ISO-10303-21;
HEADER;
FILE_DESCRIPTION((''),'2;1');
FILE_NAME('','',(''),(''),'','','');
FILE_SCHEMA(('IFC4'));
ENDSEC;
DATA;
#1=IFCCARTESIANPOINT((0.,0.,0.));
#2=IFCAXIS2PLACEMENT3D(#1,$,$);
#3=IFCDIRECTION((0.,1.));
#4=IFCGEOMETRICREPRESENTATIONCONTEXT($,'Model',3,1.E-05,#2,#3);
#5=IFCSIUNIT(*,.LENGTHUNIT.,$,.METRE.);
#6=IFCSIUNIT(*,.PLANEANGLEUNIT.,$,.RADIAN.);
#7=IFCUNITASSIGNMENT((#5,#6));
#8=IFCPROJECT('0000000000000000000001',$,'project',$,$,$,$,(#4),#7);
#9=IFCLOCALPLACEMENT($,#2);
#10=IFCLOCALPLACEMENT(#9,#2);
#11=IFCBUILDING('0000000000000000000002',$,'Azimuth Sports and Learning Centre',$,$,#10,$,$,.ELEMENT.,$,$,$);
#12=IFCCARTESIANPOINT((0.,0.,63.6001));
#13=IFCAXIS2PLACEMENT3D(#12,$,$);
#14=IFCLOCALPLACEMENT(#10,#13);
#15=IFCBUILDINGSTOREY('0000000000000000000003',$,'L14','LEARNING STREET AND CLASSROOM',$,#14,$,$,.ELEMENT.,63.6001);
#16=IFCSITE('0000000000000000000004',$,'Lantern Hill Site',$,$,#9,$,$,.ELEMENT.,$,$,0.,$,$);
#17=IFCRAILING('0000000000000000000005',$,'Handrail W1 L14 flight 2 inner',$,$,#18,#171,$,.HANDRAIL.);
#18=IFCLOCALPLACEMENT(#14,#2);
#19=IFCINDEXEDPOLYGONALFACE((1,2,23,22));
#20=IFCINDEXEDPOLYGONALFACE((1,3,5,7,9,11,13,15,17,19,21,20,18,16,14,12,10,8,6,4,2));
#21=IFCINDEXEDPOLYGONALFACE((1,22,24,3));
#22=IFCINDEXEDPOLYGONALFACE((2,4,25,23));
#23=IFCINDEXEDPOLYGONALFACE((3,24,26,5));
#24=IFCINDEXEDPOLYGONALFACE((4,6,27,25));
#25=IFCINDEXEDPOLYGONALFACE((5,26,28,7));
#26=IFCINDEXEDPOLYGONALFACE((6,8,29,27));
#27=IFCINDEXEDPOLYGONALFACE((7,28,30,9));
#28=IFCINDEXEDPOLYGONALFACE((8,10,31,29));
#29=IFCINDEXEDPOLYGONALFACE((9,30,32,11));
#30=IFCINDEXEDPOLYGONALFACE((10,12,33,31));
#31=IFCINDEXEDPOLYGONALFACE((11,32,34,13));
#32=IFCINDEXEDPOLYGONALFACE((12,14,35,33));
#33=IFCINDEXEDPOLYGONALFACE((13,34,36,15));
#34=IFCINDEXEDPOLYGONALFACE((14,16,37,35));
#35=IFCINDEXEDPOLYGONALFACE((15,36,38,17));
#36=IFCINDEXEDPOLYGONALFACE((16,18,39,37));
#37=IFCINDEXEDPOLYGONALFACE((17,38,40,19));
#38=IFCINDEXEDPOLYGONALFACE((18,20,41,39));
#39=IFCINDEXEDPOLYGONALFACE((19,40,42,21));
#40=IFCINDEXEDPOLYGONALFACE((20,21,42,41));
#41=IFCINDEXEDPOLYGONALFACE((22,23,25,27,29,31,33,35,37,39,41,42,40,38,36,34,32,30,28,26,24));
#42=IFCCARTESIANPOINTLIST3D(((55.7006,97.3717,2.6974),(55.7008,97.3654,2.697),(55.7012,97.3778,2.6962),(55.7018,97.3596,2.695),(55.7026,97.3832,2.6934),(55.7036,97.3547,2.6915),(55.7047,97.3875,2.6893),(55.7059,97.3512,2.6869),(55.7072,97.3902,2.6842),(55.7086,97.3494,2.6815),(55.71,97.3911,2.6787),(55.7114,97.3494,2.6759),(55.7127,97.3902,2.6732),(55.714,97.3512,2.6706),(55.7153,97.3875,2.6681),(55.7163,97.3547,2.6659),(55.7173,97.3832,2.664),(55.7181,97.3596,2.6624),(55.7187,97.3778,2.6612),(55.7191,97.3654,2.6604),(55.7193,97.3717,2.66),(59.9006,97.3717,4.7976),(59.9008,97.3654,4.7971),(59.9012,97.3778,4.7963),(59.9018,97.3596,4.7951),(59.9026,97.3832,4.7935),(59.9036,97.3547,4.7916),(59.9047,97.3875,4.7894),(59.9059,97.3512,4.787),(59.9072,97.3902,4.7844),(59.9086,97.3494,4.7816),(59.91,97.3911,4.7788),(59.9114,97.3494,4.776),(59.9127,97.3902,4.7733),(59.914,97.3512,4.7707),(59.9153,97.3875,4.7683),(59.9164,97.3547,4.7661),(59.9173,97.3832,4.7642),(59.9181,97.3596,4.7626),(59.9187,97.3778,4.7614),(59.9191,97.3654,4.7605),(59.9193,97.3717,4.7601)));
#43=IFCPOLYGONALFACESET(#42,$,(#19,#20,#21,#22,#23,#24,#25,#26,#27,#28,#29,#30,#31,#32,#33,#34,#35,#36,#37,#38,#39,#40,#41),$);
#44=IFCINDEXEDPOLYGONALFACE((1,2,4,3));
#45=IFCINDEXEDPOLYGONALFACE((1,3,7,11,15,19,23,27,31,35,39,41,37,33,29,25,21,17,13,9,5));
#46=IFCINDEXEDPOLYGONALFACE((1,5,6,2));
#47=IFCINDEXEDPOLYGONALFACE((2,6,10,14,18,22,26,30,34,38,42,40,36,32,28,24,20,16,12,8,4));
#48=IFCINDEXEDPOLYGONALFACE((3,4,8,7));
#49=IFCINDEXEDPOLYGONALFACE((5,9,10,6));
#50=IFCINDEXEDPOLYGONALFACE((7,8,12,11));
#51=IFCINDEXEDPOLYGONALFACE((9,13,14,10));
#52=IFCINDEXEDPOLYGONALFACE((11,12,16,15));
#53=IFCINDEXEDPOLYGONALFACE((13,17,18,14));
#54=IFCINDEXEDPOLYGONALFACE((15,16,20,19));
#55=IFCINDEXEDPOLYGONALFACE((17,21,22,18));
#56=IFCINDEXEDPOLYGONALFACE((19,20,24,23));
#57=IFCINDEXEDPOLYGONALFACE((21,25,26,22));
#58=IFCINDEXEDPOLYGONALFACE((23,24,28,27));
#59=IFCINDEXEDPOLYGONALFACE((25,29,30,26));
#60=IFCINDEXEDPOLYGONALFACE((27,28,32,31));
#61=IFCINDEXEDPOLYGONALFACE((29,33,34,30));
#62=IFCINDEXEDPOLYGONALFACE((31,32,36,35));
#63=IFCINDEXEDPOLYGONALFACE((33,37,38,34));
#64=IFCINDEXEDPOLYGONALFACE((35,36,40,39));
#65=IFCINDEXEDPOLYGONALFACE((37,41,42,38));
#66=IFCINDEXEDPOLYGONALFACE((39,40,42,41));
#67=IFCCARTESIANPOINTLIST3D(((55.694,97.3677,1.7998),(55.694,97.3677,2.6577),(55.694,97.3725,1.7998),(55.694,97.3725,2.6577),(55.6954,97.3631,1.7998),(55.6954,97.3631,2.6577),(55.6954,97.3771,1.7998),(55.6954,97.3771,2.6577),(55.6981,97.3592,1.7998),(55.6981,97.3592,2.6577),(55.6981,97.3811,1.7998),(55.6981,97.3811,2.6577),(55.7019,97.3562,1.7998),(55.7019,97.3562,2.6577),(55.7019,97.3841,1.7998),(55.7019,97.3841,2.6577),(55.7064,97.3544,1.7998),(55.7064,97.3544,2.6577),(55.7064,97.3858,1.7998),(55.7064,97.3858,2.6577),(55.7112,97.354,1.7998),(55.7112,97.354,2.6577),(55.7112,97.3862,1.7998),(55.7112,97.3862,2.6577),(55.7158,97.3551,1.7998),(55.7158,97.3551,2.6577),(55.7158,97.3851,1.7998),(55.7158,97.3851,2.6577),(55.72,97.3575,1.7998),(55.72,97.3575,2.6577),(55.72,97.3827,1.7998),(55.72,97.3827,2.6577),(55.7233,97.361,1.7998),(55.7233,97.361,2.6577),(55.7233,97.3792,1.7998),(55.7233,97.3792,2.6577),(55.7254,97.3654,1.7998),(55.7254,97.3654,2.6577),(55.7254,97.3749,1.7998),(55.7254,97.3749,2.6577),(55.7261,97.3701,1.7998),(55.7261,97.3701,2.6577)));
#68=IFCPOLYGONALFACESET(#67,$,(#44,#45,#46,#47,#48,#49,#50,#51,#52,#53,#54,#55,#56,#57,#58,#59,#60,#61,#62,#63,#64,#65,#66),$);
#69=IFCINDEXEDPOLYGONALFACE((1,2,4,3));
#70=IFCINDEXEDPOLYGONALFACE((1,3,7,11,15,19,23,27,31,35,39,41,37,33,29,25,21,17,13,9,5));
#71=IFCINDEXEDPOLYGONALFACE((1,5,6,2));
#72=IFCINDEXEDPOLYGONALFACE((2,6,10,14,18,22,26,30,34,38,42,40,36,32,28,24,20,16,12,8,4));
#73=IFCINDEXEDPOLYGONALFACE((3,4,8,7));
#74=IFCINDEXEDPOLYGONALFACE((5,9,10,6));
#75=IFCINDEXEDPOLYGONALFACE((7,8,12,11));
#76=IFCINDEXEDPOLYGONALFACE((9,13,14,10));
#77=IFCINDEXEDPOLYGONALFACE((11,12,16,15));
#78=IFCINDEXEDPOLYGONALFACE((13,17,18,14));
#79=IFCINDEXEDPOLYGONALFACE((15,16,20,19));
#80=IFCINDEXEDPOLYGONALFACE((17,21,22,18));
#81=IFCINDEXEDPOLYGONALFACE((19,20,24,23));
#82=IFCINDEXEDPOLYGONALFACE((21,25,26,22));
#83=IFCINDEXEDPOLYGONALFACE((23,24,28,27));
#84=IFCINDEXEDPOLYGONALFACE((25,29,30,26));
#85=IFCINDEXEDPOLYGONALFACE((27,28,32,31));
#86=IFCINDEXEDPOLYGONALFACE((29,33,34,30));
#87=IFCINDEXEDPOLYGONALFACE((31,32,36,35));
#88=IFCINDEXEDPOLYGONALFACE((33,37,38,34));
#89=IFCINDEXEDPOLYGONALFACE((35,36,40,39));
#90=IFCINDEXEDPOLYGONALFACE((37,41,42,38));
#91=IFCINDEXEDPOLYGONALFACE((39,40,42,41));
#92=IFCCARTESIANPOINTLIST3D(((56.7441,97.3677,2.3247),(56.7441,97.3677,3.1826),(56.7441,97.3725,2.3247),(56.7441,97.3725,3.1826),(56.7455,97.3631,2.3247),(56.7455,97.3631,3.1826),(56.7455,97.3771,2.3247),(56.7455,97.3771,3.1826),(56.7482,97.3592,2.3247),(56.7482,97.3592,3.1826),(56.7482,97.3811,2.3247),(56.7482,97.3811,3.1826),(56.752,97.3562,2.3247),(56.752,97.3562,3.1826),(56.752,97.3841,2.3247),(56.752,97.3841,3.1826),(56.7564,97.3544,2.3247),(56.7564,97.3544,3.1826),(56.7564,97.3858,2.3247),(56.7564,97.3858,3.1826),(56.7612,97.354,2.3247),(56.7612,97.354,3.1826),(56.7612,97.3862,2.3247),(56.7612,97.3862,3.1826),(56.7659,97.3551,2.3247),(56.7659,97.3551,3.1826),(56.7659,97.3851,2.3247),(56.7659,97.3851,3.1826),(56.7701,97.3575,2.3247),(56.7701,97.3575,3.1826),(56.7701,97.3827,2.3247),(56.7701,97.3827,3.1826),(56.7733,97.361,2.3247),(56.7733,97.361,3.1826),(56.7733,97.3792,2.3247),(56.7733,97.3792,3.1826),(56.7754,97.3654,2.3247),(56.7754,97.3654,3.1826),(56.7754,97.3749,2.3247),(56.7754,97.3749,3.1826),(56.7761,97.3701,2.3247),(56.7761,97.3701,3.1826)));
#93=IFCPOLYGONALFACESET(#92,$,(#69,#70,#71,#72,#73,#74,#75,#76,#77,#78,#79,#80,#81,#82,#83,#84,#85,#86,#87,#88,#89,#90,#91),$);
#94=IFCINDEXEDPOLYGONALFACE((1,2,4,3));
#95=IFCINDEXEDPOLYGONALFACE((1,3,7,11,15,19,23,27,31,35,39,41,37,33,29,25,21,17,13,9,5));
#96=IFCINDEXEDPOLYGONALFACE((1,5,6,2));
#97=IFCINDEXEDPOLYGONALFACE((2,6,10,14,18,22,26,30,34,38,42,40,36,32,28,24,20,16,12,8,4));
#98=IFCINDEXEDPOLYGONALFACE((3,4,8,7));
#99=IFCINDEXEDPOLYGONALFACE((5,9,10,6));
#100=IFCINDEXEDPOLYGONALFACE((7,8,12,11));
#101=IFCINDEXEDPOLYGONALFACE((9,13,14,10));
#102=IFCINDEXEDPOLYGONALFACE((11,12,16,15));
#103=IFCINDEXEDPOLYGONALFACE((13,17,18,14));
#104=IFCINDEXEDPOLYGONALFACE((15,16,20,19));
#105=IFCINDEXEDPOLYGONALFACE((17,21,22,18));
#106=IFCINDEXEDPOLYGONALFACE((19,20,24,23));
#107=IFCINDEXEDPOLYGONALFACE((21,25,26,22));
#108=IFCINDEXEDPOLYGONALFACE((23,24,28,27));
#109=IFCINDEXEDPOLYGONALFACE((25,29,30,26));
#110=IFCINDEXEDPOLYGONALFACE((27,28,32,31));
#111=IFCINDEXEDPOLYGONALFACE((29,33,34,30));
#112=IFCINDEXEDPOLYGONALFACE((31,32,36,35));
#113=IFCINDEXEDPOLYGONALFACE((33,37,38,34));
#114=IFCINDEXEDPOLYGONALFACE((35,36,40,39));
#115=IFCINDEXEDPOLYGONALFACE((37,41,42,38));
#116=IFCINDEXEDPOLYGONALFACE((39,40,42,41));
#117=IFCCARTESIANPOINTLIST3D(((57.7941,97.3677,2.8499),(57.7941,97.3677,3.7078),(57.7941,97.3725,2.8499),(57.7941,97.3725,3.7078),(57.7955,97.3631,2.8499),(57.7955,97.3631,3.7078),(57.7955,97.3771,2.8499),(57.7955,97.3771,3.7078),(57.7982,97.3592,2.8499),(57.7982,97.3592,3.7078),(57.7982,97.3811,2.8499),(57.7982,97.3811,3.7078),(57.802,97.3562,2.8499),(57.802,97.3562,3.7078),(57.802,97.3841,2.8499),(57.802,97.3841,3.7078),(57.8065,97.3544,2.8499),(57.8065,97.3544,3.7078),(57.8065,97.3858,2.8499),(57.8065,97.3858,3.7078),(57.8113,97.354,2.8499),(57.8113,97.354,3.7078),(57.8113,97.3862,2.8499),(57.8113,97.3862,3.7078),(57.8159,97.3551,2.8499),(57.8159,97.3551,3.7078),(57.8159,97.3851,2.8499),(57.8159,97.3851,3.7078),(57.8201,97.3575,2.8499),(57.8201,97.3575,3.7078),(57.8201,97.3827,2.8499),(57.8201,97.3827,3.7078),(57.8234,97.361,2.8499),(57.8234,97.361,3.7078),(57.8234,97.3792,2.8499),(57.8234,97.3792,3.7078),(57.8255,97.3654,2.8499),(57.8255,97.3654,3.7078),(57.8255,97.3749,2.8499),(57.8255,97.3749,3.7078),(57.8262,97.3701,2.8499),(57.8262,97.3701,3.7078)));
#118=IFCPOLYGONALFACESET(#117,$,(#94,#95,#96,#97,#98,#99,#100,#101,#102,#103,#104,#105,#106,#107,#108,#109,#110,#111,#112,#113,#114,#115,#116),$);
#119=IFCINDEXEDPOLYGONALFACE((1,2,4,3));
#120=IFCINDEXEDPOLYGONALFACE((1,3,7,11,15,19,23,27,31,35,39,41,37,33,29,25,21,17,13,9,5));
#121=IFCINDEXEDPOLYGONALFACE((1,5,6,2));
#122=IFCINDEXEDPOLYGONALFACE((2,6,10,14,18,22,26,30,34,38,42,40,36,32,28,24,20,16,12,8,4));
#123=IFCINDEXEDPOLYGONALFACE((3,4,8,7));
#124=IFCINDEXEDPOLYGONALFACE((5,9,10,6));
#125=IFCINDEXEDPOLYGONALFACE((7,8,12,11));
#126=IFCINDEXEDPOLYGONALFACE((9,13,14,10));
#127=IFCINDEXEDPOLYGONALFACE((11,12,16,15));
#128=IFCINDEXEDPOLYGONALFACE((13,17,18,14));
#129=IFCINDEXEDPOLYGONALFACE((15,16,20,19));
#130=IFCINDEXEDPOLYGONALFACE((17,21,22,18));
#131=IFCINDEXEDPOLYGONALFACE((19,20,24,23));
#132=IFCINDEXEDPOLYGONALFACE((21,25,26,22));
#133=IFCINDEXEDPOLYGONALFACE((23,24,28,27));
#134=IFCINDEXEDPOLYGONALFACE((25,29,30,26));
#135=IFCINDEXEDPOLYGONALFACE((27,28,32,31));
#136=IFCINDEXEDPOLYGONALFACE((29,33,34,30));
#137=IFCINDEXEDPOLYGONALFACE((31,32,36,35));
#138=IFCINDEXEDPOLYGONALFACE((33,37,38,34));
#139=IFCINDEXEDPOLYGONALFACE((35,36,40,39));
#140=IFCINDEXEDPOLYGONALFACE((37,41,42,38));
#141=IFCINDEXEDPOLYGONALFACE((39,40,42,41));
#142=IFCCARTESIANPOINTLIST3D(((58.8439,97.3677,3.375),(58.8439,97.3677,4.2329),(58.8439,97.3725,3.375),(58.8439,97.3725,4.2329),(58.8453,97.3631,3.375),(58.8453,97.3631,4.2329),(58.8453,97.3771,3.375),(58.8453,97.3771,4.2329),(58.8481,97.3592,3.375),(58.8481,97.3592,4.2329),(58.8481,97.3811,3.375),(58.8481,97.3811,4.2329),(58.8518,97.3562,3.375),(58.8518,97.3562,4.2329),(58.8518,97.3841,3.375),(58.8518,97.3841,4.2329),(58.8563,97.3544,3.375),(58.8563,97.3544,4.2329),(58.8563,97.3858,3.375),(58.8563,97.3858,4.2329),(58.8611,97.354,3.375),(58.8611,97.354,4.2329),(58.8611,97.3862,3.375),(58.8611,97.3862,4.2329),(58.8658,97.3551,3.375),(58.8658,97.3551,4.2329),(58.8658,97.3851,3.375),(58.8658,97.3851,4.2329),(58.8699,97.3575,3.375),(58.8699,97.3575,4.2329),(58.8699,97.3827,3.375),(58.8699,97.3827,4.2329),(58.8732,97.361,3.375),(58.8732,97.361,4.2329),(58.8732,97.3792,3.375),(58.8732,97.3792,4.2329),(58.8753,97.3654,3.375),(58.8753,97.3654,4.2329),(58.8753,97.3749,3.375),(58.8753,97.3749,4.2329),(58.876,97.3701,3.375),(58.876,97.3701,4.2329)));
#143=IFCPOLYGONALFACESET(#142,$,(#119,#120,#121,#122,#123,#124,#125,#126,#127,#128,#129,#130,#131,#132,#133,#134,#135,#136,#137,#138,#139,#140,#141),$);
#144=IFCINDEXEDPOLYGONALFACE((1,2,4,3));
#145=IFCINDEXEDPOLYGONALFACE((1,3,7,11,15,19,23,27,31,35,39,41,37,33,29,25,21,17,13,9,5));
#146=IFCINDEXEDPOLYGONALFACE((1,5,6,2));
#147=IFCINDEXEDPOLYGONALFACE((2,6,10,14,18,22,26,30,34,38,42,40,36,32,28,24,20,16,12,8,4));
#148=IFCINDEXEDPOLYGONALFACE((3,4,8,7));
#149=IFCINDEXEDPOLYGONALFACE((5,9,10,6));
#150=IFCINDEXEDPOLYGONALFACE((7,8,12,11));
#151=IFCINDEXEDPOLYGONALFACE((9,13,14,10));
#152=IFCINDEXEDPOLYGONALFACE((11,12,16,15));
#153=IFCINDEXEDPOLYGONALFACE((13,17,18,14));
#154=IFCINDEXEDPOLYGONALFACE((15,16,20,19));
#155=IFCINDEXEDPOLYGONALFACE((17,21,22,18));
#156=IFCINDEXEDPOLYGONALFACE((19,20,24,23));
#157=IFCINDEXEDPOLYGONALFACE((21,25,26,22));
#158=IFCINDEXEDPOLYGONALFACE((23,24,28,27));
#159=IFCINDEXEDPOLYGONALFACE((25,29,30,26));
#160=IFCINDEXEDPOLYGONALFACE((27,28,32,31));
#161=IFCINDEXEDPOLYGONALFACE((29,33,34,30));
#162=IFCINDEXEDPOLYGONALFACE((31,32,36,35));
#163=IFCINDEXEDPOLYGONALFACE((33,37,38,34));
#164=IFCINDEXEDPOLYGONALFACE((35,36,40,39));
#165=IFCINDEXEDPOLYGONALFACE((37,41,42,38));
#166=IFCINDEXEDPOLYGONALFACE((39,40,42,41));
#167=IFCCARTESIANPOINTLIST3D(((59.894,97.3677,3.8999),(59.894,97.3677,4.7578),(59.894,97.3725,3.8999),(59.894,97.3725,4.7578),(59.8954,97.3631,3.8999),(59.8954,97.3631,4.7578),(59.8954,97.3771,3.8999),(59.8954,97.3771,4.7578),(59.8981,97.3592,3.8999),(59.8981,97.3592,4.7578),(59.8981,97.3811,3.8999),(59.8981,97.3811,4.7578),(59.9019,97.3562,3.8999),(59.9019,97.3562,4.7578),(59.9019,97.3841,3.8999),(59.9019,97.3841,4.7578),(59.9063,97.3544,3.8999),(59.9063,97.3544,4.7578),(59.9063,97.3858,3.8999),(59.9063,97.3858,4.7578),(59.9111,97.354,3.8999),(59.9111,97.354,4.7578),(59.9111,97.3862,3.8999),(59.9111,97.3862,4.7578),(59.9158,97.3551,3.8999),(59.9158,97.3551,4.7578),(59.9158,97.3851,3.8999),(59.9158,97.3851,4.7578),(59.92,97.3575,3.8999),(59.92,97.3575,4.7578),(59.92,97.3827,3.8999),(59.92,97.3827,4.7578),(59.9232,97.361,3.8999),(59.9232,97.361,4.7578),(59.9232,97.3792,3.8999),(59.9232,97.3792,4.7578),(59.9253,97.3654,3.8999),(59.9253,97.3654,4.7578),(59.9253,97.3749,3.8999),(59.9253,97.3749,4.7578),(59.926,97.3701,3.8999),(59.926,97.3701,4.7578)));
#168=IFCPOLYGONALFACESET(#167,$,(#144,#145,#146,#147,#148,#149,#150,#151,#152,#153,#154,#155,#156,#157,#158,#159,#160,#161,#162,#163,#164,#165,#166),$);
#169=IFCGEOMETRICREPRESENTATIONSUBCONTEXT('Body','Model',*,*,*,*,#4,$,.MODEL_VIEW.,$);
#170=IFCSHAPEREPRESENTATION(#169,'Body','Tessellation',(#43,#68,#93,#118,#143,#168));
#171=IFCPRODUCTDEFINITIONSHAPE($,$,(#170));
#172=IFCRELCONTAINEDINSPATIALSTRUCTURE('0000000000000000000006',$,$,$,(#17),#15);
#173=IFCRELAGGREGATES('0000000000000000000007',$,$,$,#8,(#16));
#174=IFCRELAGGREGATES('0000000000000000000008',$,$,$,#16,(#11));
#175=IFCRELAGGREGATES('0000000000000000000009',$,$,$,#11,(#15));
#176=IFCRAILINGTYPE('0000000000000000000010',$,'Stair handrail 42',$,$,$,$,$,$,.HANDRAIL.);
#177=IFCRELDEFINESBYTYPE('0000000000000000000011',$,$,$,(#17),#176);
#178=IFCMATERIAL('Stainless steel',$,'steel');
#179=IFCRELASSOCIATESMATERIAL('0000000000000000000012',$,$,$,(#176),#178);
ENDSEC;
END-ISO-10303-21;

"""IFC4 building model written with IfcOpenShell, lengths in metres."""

from ifc_helpers import new_model, si_unit, direction, frame, origin, origin_2d, place, context, subcontext, project, spatial, circle, extrude, material, type_object, element, save


model = new_model("IFC4")

# Units and contexts
model_context = context("Model", 3, precision=1e-05, world=origin(), true_north=direction((0.0, 1.0)))
body_context = subcontext(model_context, "Body", "Model", "MODEL_VIEW")
ifc_project = project(units=[si_unit("LENGTHUNIT", "METRE"), si_unit("PLANEANGLEUNIT", "RADIAN")], contexts=[model_context])

# Site, building, storey
site_placement = place(None, origin())
site = spatial("IfcSite", under=ifc_project, at=site_placement, Name="Lantern Hill Site", CompositionType="ELEMENT", RefElevation=0.0)
building_placement = place(site_placement, origin())
building = spatial("IfcBuilding", under=site, at=building_placement, Name="Azimuth Sports and Learning Centre", CompositionType="ELEMENT")
storey_placement = place(building_placement, frame((0.0, 0.0, 63.6001)))
storey = spatial("IfcBuildingStorey", under=building, at=storey_placement, Name="L14", Description="LEARNING STREET AND CLASSROOM", CompositionType="ELEMENT", Elevation=63.6001)

# Railing
ifc_material_1 = material(Name="Stainless steel", Category="steel")
railing_type_1 = type_object("IfcRailingType", Name="Stair handrail 42", PredefinedType="HANDRAIL", material=ifc_material_1)
for number, where, name in (
    (1, (55.71, 97.3701, 1.7998), "Handrail W1 L14 flight 2 inner"),
):
    element("IfcRailing", number, at=place(storey_placement, frame(where)), inside=storey, type_object=railing_type_1, Name=name, PredefinedType="HANDRAIL", context=body_context, shape_type="SweptSolid", body=[
        extrude(circle(Radius=0.021, at=origin_2d()), frame((0.0, 0.0, 0.8789), z_axis=(0.894417, 0.0, 0.447234), x_axis=(0.0, 1.0, 0.0)), (0.0, 0.0, 1.0), 4.6958),
        extrude(circle(Radius=0.0161, at=origin_2d()), origin(), (0.0, 0.0, 1.0), 0.8579),
        extrude(circle(Radius=0.0161, at=origin_2d()), frame((1.05, 0.0, 0.5249)), (0.0, 0.0, 1.0), 0.8579),
        extrude(circle(Radius=0.0161, at=origin_2d()), frame((2.1001, 0.0, 1.05)), (0.0, 0.0, 1.0), 0.8579),
        extrude(circle(Radius=0.0161, at=origin_2d()), frame((3.1499, 0.0, 1.5752)), (0.0, 0.0, 1.0), 0.8579),
        extrude(circle(Radius=0.0161, at=origin_2d()), frame((4.2, 0.0, 2.1001)), (0.0, 0.0, 1.0), 0.8579),
    ])

save(model, "model.ifc")
